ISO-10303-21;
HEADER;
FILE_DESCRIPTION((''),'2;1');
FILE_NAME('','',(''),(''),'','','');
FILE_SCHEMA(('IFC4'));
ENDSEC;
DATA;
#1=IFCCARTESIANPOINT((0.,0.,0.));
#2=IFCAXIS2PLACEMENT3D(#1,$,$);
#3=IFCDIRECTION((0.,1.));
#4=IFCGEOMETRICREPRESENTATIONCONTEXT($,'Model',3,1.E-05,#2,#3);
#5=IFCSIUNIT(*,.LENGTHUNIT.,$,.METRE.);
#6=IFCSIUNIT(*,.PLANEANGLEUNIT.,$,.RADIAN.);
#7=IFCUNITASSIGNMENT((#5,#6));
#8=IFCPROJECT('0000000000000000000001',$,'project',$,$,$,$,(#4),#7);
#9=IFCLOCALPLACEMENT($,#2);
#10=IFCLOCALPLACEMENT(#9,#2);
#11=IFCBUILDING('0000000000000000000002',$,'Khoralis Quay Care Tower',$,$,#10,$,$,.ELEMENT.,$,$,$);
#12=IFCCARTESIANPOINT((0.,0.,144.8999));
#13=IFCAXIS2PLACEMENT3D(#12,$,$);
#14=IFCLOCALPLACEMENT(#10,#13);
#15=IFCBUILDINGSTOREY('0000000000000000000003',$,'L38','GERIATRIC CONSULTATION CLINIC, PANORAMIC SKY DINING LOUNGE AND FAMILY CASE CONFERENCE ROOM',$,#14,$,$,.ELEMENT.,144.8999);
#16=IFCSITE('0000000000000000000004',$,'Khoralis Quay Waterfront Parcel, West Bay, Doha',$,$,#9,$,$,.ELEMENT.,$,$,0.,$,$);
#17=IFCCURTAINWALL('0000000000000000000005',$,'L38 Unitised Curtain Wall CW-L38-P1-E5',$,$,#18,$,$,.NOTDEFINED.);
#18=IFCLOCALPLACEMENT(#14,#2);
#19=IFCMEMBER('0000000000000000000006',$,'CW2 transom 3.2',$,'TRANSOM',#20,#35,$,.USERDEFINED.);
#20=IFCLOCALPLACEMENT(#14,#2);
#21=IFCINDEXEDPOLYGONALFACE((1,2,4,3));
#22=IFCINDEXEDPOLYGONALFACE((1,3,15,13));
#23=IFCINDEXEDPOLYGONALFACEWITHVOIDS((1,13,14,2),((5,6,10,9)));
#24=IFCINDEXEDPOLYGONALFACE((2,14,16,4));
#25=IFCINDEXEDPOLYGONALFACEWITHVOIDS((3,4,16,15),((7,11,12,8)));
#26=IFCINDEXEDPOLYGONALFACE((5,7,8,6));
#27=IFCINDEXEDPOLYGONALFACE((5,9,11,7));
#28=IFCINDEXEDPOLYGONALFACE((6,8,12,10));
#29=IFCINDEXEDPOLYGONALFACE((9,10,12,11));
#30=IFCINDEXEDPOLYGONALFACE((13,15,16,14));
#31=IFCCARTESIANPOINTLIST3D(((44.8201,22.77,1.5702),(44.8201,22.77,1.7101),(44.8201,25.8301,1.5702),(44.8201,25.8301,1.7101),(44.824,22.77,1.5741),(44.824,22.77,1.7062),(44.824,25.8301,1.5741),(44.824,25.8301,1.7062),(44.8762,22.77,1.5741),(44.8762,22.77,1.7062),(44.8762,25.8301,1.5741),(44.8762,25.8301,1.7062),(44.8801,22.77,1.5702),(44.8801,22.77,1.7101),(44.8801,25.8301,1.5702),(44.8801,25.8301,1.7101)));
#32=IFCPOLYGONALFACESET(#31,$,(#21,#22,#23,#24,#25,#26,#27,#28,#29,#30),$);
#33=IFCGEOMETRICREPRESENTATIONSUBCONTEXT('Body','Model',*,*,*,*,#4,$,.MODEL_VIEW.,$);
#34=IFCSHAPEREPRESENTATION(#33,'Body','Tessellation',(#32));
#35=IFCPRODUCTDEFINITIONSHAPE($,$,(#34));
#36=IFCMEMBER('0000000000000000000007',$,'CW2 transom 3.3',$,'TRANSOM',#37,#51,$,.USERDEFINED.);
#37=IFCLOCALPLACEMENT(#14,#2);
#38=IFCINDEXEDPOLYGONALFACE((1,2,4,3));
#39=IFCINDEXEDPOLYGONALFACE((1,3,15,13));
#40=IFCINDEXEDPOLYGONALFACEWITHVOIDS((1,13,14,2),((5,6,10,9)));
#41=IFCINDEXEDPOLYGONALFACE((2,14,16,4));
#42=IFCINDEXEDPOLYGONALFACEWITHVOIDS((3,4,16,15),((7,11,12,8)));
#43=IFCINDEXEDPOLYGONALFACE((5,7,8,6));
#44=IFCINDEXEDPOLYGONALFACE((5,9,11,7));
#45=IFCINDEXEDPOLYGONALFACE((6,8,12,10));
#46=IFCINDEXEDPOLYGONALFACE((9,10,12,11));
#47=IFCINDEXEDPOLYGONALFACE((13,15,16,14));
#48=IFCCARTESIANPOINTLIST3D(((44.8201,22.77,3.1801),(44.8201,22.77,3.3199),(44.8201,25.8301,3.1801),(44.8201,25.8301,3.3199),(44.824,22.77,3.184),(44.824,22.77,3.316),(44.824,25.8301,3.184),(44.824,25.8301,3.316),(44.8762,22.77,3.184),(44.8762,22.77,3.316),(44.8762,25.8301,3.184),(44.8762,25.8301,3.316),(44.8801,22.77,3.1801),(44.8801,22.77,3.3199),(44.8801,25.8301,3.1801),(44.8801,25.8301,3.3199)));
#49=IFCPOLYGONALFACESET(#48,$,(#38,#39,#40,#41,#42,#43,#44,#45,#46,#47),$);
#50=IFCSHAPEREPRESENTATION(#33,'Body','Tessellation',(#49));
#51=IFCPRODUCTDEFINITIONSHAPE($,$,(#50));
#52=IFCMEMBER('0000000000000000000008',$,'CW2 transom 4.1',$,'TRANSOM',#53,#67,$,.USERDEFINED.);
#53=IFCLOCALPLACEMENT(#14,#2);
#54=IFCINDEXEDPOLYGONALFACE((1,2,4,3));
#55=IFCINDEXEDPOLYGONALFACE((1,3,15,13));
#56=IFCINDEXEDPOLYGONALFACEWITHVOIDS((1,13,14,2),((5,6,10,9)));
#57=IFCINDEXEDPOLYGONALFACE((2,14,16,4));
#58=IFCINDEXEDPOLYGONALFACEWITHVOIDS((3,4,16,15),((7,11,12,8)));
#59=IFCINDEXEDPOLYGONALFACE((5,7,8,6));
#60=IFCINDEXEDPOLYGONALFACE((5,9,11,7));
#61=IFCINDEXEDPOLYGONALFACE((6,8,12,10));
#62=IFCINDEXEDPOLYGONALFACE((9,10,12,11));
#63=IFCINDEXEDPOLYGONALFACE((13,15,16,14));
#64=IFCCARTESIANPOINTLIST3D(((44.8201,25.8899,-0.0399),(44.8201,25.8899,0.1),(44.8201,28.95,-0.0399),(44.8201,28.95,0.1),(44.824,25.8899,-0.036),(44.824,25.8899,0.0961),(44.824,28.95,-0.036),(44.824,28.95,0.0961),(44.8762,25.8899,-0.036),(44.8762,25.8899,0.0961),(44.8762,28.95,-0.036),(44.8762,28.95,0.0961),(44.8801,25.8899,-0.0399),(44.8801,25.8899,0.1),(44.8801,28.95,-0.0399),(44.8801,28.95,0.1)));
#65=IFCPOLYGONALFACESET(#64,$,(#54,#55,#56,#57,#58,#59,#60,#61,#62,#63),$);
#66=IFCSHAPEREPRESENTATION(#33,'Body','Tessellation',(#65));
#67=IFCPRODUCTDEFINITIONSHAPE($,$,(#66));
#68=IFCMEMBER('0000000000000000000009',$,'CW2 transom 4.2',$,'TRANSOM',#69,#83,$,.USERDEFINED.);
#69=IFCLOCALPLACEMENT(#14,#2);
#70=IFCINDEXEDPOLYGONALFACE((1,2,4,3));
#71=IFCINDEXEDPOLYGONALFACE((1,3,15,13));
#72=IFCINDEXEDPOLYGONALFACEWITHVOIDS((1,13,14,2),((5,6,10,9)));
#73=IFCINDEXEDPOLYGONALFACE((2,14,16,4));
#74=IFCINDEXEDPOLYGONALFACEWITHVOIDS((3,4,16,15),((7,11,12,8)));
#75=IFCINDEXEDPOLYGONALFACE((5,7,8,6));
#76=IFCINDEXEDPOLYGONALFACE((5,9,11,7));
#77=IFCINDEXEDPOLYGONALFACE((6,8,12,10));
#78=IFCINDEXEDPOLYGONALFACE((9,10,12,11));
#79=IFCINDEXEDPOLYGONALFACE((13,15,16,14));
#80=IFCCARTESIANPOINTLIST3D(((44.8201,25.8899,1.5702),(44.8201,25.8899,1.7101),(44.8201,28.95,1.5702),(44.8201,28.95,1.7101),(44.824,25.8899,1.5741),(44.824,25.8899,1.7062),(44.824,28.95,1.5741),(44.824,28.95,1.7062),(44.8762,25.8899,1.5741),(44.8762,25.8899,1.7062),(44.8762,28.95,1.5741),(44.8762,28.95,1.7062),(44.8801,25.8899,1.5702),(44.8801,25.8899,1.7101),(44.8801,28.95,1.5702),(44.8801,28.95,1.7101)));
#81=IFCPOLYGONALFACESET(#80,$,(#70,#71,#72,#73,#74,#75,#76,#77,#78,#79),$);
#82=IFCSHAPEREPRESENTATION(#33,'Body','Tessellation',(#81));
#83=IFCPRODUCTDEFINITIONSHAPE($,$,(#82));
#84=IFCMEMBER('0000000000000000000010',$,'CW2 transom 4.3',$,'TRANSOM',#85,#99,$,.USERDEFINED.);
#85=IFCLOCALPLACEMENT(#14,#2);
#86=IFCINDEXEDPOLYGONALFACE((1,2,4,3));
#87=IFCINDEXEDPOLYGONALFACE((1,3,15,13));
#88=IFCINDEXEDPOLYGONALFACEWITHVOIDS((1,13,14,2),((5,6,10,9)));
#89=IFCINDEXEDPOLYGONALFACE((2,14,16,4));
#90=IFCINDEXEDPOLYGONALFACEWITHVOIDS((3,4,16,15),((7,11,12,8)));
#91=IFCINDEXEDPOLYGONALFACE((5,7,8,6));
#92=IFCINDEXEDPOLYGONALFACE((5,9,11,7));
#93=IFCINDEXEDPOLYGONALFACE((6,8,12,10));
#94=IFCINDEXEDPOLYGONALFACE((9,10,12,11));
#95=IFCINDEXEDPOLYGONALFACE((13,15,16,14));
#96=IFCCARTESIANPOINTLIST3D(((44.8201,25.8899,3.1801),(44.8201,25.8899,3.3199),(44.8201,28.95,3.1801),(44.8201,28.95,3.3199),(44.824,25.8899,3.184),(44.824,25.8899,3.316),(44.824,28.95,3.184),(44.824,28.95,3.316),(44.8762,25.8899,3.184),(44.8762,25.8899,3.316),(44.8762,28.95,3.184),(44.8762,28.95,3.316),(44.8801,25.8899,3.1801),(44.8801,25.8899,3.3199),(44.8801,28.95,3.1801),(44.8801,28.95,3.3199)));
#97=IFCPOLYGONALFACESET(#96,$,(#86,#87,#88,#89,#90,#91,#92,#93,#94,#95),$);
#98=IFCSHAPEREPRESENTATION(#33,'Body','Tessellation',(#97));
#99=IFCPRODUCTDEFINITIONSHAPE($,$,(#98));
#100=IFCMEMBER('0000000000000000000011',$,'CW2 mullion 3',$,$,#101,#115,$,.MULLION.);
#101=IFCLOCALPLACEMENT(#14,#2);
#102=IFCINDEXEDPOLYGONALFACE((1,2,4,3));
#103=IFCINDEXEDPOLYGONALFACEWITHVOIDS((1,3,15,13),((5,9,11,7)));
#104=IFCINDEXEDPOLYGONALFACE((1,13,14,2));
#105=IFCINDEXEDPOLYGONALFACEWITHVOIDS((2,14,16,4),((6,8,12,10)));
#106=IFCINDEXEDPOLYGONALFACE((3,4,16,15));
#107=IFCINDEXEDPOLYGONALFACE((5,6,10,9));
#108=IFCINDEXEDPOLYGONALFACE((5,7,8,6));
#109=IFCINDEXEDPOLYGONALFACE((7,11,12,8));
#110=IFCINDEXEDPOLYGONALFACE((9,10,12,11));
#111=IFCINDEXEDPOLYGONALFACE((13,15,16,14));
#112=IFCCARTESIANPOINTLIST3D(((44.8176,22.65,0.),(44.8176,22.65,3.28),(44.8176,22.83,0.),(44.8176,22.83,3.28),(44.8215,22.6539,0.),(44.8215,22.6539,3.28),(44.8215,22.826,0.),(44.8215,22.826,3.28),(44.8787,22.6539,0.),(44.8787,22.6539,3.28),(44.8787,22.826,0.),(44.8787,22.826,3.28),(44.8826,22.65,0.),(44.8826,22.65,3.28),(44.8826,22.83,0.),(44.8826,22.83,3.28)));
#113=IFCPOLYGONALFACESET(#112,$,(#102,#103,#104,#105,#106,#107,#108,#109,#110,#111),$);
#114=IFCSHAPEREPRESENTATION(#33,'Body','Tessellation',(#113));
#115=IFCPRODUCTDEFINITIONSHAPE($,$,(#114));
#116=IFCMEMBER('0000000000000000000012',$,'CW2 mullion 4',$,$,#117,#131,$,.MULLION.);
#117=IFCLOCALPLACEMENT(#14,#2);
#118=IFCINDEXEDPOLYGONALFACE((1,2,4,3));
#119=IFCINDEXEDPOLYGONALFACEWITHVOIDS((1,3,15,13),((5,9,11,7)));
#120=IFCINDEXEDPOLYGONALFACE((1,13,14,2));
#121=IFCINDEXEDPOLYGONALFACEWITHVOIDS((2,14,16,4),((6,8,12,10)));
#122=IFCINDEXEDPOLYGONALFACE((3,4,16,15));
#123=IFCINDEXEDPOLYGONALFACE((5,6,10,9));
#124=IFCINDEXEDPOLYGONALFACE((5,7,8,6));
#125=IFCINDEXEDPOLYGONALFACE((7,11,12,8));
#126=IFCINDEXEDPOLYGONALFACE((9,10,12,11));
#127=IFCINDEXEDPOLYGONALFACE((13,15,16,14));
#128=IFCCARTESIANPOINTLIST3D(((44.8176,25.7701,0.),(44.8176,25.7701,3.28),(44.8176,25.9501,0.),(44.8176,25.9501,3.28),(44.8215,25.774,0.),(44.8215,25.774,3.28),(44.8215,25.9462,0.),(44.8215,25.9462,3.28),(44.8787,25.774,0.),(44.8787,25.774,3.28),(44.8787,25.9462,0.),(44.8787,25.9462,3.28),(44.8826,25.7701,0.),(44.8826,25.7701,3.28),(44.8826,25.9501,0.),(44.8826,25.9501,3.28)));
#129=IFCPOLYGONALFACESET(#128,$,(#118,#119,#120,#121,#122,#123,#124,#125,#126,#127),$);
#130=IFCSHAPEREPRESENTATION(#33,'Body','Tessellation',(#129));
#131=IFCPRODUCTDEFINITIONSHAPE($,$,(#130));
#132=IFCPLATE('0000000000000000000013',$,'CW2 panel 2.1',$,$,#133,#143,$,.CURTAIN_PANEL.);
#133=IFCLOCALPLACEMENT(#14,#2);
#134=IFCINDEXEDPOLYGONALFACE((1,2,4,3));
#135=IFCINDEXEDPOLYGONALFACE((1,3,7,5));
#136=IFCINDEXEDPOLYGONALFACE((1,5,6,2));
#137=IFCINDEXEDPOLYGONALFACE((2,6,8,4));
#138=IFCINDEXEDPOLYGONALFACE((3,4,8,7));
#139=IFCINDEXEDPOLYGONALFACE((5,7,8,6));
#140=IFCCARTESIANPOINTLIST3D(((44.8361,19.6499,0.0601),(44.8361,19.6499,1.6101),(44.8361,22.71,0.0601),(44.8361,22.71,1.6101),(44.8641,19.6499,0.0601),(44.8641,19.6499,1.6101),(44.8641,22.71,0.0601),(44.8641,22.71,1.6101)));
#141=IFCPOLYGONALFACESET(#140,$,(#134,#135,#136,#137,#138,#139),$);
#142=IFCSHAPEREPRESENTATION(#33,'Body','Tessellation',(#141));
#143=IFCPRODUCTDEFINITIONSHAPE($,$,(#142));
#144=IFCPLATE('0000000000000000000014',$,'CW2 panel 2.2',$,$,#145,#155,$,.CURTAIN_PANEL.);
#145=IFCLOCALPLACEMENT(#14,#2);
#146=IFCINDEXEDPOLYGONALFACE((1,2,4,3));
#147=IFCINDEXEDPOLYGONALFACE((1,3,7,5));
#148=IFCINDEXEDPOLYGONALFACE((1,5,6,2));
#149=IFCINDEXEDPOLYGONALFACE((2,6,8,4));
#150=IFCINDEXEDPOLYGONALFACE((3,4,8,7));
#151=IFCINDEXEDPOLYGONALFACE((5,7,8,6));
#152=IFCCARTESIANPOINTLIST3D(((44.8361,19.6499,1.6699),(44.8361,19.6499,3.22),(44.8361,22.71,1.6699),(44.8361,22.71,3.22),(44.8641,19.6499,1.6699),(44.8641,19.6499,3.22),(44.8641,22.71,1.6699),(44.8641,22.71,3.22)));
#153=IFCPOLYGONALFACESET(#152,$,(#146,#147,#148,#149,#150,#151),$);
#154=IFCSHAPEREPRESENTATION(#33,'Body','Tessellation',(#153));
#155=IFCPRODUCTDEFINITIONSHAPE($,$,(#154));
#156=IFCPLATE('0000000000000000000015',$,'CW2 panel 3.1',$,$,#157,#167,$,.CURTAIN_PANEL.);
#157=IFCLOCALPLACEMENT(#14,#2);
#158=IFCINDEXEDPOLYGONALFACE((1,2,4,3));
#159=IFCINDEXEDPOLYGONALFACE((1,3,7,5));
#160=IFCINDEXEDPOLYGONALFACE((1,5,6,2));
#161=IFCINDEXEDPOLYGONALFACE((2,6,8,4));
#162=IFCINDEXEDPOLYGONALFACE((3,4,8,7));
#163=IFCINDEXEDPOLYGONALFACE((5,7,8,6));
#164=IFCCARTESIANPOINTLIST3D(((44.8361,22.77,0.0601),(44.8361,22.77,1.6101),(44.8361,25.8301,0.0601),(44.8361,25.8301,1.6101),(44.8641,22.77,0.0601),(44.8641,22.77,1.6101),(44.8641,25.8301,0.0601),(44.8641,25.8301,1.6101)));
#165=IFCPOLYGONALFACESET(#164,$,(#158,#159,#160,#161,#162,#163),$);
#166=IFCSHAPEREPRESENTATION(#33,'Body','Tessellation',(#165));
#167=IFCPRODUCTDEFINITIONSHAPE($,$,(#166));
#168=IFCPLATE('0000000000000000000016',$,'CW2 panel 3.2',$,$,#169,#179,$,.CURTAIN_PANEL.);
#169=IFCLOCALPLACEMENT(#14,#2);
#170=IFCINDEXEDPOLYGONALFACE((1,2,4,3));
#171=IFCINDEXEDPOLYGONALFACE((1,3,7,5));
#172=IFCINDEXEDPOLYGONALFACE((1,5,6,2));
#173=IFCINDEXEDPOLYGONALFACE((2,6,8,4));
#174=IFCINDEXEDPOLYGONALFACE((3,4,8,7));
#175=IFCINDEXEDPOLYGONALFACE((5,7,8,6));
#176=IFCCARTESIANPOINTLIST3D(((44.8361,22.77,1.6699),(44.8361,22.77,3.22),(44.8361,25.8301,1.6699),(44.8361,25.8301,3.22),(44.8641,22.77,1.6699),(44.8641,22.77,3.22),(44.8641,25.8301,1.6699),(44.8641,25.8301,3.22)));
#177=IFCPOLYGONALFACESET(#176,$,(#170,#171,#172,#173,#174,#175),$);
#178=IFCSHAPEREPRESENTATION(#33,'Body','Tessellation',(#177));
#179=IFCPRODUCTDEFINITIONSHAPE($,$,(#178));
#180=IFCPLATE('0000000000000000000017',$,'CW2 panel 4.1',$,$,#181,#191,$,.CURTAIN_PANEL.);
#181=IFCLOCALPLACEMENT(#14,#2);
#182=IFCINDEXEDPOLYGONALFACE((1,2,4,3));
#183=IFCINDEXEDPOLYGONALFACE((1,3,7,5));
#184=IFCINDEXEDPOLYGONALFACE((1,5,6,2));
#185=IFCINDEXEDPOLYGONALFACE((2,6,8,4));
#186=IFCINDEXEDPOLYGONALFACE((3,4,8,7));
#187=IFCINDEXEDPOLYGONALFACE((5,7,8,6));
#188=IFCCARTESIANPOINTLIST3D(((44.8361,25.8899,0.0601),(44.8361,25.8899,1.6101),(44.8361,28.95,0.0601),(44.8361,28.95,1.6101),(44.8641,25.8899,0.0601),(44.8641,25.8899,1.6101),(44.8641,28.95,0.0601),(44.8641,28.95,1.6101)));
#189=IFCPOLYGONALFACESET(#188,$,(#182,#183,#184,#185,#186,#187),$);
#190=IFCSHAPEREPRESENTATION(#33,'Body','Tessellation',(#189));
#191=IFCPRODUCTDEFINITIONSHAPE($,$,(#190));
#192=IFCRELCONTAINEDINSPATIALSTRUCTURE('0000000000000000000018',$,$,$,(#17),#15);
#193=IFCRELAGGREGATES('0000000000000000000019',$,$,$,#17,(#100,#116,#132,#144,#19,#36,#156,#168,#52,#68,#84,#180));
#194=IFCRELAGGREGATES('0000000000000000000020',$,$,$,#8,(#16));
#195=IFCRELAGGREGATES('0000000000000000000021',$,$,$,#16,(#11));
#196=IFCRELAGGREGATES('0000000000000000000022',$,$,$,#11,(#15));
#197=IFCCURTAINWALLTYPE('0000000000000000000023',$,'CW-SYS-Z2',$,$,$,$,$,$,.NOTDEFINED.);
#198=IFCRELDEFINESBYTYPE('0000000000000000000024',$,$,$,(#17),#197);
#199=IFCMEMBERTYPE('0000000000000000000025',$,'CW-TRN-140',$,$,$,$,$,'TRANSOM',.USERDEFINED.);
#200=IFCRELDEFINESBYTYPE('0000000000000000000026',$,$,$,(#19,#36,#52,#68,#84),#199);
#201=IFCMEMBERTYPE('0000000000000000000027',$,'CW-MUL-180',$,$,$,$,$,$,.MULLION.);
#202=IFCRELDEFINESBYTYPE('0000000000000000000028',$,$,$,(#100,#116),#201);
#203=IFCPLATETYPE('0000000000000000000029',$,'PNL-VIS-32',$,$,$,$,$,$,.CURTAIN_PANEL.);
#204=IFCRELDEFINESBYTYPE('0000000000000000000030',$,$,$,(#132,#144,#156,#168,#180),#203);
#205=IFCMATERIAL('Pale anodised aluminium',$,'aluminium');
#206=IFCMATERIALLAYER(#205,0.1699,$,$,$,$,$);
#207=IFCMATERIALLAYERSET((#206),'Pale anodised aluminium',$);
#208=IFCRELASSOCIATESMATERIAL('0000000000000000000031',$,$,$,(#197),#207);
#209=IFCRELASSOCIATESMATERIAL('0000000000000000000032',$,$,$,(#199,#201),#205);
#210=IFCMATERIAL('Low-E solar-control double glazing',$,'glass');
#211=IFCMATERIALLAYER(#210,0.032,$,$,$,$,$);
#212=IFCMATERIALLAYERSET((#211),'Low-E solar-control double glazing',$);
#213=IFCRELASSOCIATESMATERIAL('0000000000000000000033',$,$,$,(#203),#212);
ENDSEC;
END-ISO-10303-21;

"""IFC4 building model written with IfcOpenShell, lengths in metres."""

from ifc_helpers import new_model, si_unit, direction, frame, origin, origin_2d, place, context, subcontext, project, spatial, rectangle, hollow_rectangle, extrude, source, transform, mapped, material, layer, layer_set, material_profile, profile_set, type_object, element, aggregate, save


model = new_model("IFC4")

# Units and contexts
model_context = context("Model", 3, precision=1e-05, world=origin(), true_north=direction((0.0, 1.0)))
body_context = subcontext(model_context, "Body", "Model", "MODEL_VIEW")
ifc_project = project(units=[si_unit("LENGTHUNIT", "METRE"), si_unit("PLANEANGLEUNIT", "RADIAN")], contexts=[model_context])

# Site, building, storey
site_placement = place(None, origin())
site = spatial("IfcSite", under=ifc_project, at=site_placement, Name="Khoralis Quay Waterfront Parcel, West Bay, Doha", CompositionType="ELEMENT", RefElevation=0.0)
building_placement = place(site_placement, origin())
building = spatial("IfcBuilding", under=site, at=building_placement, Name="Khoralis Quay Care Tower", CompositionType="ELEMENT")
storey_placement = place(building_placement, frame((0.0, 0.0, 144.8999)))
storey = spatial("IfcBuildingStorey", under=building, at=storey_placement, Name="L38", Description="GERIATRIC CONSULTATION CLINIC, PANORAMIC SKY DINING LOUNGE AND FAMILY CASE CONFERENCE ROOM", CompositionType="ELEMENT", Elevation=144.8999)

# Curtain wall, members, plates
ifc_material_1 = material(Name="Pale anodised aluminium", Category="aluminium")
ifc_layer_1 = layer(ifc_material_1, 0.1699)
ifc_layer_set_1 = layer_set([ifc_layer_1], Name="Pale anodised aluminium")
curtain_wall_type = type_object("IfcCurtainWallType", Name="CW-SYS-Z2", PredefinedType="NOTDEFINED", material=ifc_layer_set_1)
curtain_wall_placement = place(storey_placement, origin())
curtain_wall = element("IfcCurtainWall", 1, at=curtain_wall_placement, inside=storey, type_object=curtain_wall_type, Name="L38 Unitised Curtain Wall CW-L38-P1-E5", PredefinedType="NOTDEFINED")
ifc_material_profile_1 = material_profile(ifc_material_1, hollow_rectangle(XDim=0.0601, YDim=0.1399, WallThickness=0.0039, at=origin_2d()), Name="Pale anodised aluminium")
ifc_profile_set_1 = profile_set([ifc_material_profile_1], Name="Pale anodised aluminium")
member_type_1 = type_object("IfcMemberType", Name="CW-TRN-140", ElementType="TRANSOM", PredefinedType="USERDEFINED", material=ifc_profile_set_1)
shared_shape_1 = source(origin(), body_context, "Body", "SweptSolid", [
    extrude(hollow_rectangle(XDim=0.0601, YDim=0.1399, WallThickness=0.0039, at=origin_2d()), origin(), (0.0, 0.0, 1.0), 3.0601),
])
member_1_placement = place(storey_placement, frame((44.8501, 22.77, 1.6401), z_axis=(0.0, 1.0, 0.0), x_axis=(-1.0, 0.0, 0.0)))
member_1 = element("IfcMember", 2, at=member_1_placement, type_object=member_type_1, Name="CW2 transom 3.2", ObjectType="TRANSOM", PredefinedType="USERDEFINED", context=body_context, shape_type="MappedRepresentation", body=[
    mapped(shared_shape_1, transform((0.0, 0.0, 0.0), scale=1.0)),
])
member_2_placement = place(storey_placement, frame((44.8501, 22.77, 3.25), z_axis=(0.0, 1.0, 0.0), x_axis=(-1.0, 0.0, 0.0)))
member_2 = element("IfcMember", 3, at=member_2_placement, type_object=member_type_1, Name="CW2 transom 3.3", ObjectType="TRANSOM", PredefinedType="USERDEFINED", context=body_context, shape_type="MappedRepresentation", body=[
    mapped(shared_shape_1, transform((0.0, 0.0, 0.0), scale=1.0)),
])
member_3_placement = place(storey_placement, frame((44.8501, 25.8899, 0.03), z_axis=(0.0, 1.0, 0.0), x_axis=(-1.0, 0.0, 0.0)))
member_3 = element("IfcMember", 4, at=member_3_placement, type_object=member_type_1, Name="CW2 transom 4.1", ObjectType="TRANSOM", PredefinedType="USERDEFINED", context=body_context, shape_type="MappedRepresentation", body=[
    mapped(shared_shape_1, transform((0.0, 0.0, 0.0), scale=1.0)),
])
member_4_placement = place(storey_placement, frame((44.8501, 25.8899, 1.6401), z_axis=(0.0, 1.0, 0.0), x_axis=(-1.0, 0.0, 0.0)))
member_4 = element("IfcMember", 5, at=member_4_placement, type_object=member_type_1, Name="CW2 transom 4.2", ObjectType="TRANSOM", PredefinedType="USERDEFINED", context=body_context, shape_type="MappedRepresentation", body=[
    mapped(shared_shape_1, transform((0.0, 0.0, 0.0), scale=1.0)),
])
member_5_placement = place(storey_placement, frame((44.8501, 25.8899, 3.25), z_axis=(0.0, 1.0, 0.0), x_axis=(-1.0, 0.0, 0.0)))
member_5 = element("IfcMember", 6, at=member_5_placement, type_object=member_type_1, Name="CW2 transom 4.3", ObjectType="TRANSOM", PredefinedType="USERDEFINED", context=body_context, shape_type="MappedRepresentation", body=[
    mapped(shared_shape_1, transform((0.0, 0.0, 0.0), scale=1.0)),
])
ifc_material_profile_2 = material_profile(ifc_material_1, hollow_rectangle(XDim=0.0649, YDim=0.1799, WallThickness=0.0039, at=origin_2d()), Name="Pale anodised aluminium")
ifc_profile_set_2 = profile_set([ifc_material_profile_2], Name="Pale anodised aluminium")
member_type_2 = type_object("IfcMemberType", Name="CW-MUL-180", PredefinedType="MULLION", material=ifc_profile_set_2)
shared_shape_2 = source(origin(), body_context, "Body", "SweptSolid", [
    extrude(hollow_rectangle(XDim=0.0649, YDim=0.1799, WallThickness=0.0039, at=origin_2d()), origin(), (0.0, 0.0, 1.0), 3.28),
])
member_6_placement = place(storey_placement, frame((44.8501, 22.74, 0.0), z_axis=(0.0, 0.0, 1.0), x_axis=(-1.0, 0.0, 0.0)))
member_6 = element("IfcMember", 7, at=member_6_placement, type_object=member_type_2, Name="CW2 mullion 3", PredefinedType="MULLION", context=body_context, shape_type="MappedRepresentation", body=[
    mapped(shared_shape_2, transform((0.0, 0.0, 0.0), scale=1.0)),
])
member_7_placement = place(storey_placement, frame((44.8501, 25.8601, 0.0), z_axis=(0.0, 0.0, 1.0), x_axis=(-1.0, 0.0, 0.0)))
member_7 = element("IfcMember", 8, at=member_7_placement, type_object=member_type_2, Name="CW2 mullion 4", PredefinedType="MULLION", context=body_context, shape_type="MappedRepresentation", body=[
    mapped(shared_shape_2, transform((0.0, 0.0, 0.0), scale=1.0)),
])
ifc_material_2 = material(Name="Low-E solar-control double glazing", Category="glass")
ifc_layer_2 = layer(ifc_material_2, 0.032)
ifc_layer_set_2 = layer_set([ifc_layer_2], Name="Low-E solar-control double glazing")
plate_type = type_object("IfcPlateType", Name="PNL-VIS-32", PredefinedType="CURTAIN_PANEL", material=ifc_layer_set_2)
shared_shape_3 = source(origin(), body_context, "Body", "SweptSolid", [
    extrude(rectangle(XDim=3.0601, YDim=0.0281, at=origin_2d()), origin(), (0.0, 0.0, 1.0), 1.55),
])
plate_1_placement = place(storey_placement, frame((44.8501, 21.1799, 0.0601), z_axis=(0.0, 0.0, 1.0), x_axis=(0.0, 1.0, 0.0)))
plate_1 = element("IfcPlate", 9, at=plate_1_placement, type_object=plate_type, Name="CW2 panel 2.1", PredefinedType="CURTAIN_PANEL", context=body_context, shape_type="MappedRepresentation", body=[
    mapped(shared_shape_3, transform((0.0, 0.0, 0.0), scale=1.0)),
])
plate_2_placement = place(storey_placement, frame((44.8501, 21.1799, 1.6699), z_axis=(0.0, 0.0, 1.0), x_axis=(0.0, 1.0, 0.0)))
plate_2 = element("IfcPlate", 10, at=plate_2_placement, type_object=plate_type, Name="CW2 panel 2.2", PredefinedType="CURTAIN_PANEL", context=body_context, shape_type="MappedRepresentation", body=[
    mapped(shared_shape_3, transform((0.0, 0.0, 0.0), scale=1.0)),
])
plate_3_placement = place(storey_placement, frame((44.8501, 24.3, 0.0601), z_axis=(0.0, 0.0, 1.0), x_axis=(0.0, 1.0, 0.0)))
plate_3 = element("IfcPlate", 11, at=plate_3_placement, type_object=plate_type, Name="CW2 panel 3.1", PredefinedType="CURTAIN_PANEL", context=body_context, shape_type="MappedRepresentation", body=[
    mapped(shared_shape_3, transform((0.0, 0.0, 0.0), scale=1.0)),
])
plate_4_placement = place(storey_placement, frame((44.8501, 24.3, 1.6699), z_axis=(0.0, 0.0, 1.0), x_axis=(0.0, 1.0, 0.0)))
plate_4 = element("IfcPlate", 12, at=plate_4_placement, type_object=plate_type, Name="CW2 panel 3.2", PredefinedType="CURTAIN_PANEL", context=body_context, shape_type="MappedRepresentation", body=[
    mapped(shared_shape_3, transform((0.0, 0.0, 0.0), scale=1.0)),
])
plate_5_placement = place(storey_placement, frame((44.8501, 27.4199, 0.0601), z_axis=(0.0, 0.0, 1.0), x_axis=(0.0, 1.0, 0.0)))
plate_5 = element("IfcPlate", 13, at=plate_5_placement, type_object=plate_type, Name="CW2 panel 4.1", PredefinedType="CURTAIN_PANEL", context=body_context, shape_type="MappedRepresentation", body=[
    mapped(shared_shape_3, transform((0.0, 0.0, 0.0), scale=1.0)),
])
aggregate(curtain_wall, [member_6, member_7, plate_1, plate_2, member_1, member_2, plate_3, plate_4, member_3, member_4, member_5, plate_5])

save(model, "model.ifc")
